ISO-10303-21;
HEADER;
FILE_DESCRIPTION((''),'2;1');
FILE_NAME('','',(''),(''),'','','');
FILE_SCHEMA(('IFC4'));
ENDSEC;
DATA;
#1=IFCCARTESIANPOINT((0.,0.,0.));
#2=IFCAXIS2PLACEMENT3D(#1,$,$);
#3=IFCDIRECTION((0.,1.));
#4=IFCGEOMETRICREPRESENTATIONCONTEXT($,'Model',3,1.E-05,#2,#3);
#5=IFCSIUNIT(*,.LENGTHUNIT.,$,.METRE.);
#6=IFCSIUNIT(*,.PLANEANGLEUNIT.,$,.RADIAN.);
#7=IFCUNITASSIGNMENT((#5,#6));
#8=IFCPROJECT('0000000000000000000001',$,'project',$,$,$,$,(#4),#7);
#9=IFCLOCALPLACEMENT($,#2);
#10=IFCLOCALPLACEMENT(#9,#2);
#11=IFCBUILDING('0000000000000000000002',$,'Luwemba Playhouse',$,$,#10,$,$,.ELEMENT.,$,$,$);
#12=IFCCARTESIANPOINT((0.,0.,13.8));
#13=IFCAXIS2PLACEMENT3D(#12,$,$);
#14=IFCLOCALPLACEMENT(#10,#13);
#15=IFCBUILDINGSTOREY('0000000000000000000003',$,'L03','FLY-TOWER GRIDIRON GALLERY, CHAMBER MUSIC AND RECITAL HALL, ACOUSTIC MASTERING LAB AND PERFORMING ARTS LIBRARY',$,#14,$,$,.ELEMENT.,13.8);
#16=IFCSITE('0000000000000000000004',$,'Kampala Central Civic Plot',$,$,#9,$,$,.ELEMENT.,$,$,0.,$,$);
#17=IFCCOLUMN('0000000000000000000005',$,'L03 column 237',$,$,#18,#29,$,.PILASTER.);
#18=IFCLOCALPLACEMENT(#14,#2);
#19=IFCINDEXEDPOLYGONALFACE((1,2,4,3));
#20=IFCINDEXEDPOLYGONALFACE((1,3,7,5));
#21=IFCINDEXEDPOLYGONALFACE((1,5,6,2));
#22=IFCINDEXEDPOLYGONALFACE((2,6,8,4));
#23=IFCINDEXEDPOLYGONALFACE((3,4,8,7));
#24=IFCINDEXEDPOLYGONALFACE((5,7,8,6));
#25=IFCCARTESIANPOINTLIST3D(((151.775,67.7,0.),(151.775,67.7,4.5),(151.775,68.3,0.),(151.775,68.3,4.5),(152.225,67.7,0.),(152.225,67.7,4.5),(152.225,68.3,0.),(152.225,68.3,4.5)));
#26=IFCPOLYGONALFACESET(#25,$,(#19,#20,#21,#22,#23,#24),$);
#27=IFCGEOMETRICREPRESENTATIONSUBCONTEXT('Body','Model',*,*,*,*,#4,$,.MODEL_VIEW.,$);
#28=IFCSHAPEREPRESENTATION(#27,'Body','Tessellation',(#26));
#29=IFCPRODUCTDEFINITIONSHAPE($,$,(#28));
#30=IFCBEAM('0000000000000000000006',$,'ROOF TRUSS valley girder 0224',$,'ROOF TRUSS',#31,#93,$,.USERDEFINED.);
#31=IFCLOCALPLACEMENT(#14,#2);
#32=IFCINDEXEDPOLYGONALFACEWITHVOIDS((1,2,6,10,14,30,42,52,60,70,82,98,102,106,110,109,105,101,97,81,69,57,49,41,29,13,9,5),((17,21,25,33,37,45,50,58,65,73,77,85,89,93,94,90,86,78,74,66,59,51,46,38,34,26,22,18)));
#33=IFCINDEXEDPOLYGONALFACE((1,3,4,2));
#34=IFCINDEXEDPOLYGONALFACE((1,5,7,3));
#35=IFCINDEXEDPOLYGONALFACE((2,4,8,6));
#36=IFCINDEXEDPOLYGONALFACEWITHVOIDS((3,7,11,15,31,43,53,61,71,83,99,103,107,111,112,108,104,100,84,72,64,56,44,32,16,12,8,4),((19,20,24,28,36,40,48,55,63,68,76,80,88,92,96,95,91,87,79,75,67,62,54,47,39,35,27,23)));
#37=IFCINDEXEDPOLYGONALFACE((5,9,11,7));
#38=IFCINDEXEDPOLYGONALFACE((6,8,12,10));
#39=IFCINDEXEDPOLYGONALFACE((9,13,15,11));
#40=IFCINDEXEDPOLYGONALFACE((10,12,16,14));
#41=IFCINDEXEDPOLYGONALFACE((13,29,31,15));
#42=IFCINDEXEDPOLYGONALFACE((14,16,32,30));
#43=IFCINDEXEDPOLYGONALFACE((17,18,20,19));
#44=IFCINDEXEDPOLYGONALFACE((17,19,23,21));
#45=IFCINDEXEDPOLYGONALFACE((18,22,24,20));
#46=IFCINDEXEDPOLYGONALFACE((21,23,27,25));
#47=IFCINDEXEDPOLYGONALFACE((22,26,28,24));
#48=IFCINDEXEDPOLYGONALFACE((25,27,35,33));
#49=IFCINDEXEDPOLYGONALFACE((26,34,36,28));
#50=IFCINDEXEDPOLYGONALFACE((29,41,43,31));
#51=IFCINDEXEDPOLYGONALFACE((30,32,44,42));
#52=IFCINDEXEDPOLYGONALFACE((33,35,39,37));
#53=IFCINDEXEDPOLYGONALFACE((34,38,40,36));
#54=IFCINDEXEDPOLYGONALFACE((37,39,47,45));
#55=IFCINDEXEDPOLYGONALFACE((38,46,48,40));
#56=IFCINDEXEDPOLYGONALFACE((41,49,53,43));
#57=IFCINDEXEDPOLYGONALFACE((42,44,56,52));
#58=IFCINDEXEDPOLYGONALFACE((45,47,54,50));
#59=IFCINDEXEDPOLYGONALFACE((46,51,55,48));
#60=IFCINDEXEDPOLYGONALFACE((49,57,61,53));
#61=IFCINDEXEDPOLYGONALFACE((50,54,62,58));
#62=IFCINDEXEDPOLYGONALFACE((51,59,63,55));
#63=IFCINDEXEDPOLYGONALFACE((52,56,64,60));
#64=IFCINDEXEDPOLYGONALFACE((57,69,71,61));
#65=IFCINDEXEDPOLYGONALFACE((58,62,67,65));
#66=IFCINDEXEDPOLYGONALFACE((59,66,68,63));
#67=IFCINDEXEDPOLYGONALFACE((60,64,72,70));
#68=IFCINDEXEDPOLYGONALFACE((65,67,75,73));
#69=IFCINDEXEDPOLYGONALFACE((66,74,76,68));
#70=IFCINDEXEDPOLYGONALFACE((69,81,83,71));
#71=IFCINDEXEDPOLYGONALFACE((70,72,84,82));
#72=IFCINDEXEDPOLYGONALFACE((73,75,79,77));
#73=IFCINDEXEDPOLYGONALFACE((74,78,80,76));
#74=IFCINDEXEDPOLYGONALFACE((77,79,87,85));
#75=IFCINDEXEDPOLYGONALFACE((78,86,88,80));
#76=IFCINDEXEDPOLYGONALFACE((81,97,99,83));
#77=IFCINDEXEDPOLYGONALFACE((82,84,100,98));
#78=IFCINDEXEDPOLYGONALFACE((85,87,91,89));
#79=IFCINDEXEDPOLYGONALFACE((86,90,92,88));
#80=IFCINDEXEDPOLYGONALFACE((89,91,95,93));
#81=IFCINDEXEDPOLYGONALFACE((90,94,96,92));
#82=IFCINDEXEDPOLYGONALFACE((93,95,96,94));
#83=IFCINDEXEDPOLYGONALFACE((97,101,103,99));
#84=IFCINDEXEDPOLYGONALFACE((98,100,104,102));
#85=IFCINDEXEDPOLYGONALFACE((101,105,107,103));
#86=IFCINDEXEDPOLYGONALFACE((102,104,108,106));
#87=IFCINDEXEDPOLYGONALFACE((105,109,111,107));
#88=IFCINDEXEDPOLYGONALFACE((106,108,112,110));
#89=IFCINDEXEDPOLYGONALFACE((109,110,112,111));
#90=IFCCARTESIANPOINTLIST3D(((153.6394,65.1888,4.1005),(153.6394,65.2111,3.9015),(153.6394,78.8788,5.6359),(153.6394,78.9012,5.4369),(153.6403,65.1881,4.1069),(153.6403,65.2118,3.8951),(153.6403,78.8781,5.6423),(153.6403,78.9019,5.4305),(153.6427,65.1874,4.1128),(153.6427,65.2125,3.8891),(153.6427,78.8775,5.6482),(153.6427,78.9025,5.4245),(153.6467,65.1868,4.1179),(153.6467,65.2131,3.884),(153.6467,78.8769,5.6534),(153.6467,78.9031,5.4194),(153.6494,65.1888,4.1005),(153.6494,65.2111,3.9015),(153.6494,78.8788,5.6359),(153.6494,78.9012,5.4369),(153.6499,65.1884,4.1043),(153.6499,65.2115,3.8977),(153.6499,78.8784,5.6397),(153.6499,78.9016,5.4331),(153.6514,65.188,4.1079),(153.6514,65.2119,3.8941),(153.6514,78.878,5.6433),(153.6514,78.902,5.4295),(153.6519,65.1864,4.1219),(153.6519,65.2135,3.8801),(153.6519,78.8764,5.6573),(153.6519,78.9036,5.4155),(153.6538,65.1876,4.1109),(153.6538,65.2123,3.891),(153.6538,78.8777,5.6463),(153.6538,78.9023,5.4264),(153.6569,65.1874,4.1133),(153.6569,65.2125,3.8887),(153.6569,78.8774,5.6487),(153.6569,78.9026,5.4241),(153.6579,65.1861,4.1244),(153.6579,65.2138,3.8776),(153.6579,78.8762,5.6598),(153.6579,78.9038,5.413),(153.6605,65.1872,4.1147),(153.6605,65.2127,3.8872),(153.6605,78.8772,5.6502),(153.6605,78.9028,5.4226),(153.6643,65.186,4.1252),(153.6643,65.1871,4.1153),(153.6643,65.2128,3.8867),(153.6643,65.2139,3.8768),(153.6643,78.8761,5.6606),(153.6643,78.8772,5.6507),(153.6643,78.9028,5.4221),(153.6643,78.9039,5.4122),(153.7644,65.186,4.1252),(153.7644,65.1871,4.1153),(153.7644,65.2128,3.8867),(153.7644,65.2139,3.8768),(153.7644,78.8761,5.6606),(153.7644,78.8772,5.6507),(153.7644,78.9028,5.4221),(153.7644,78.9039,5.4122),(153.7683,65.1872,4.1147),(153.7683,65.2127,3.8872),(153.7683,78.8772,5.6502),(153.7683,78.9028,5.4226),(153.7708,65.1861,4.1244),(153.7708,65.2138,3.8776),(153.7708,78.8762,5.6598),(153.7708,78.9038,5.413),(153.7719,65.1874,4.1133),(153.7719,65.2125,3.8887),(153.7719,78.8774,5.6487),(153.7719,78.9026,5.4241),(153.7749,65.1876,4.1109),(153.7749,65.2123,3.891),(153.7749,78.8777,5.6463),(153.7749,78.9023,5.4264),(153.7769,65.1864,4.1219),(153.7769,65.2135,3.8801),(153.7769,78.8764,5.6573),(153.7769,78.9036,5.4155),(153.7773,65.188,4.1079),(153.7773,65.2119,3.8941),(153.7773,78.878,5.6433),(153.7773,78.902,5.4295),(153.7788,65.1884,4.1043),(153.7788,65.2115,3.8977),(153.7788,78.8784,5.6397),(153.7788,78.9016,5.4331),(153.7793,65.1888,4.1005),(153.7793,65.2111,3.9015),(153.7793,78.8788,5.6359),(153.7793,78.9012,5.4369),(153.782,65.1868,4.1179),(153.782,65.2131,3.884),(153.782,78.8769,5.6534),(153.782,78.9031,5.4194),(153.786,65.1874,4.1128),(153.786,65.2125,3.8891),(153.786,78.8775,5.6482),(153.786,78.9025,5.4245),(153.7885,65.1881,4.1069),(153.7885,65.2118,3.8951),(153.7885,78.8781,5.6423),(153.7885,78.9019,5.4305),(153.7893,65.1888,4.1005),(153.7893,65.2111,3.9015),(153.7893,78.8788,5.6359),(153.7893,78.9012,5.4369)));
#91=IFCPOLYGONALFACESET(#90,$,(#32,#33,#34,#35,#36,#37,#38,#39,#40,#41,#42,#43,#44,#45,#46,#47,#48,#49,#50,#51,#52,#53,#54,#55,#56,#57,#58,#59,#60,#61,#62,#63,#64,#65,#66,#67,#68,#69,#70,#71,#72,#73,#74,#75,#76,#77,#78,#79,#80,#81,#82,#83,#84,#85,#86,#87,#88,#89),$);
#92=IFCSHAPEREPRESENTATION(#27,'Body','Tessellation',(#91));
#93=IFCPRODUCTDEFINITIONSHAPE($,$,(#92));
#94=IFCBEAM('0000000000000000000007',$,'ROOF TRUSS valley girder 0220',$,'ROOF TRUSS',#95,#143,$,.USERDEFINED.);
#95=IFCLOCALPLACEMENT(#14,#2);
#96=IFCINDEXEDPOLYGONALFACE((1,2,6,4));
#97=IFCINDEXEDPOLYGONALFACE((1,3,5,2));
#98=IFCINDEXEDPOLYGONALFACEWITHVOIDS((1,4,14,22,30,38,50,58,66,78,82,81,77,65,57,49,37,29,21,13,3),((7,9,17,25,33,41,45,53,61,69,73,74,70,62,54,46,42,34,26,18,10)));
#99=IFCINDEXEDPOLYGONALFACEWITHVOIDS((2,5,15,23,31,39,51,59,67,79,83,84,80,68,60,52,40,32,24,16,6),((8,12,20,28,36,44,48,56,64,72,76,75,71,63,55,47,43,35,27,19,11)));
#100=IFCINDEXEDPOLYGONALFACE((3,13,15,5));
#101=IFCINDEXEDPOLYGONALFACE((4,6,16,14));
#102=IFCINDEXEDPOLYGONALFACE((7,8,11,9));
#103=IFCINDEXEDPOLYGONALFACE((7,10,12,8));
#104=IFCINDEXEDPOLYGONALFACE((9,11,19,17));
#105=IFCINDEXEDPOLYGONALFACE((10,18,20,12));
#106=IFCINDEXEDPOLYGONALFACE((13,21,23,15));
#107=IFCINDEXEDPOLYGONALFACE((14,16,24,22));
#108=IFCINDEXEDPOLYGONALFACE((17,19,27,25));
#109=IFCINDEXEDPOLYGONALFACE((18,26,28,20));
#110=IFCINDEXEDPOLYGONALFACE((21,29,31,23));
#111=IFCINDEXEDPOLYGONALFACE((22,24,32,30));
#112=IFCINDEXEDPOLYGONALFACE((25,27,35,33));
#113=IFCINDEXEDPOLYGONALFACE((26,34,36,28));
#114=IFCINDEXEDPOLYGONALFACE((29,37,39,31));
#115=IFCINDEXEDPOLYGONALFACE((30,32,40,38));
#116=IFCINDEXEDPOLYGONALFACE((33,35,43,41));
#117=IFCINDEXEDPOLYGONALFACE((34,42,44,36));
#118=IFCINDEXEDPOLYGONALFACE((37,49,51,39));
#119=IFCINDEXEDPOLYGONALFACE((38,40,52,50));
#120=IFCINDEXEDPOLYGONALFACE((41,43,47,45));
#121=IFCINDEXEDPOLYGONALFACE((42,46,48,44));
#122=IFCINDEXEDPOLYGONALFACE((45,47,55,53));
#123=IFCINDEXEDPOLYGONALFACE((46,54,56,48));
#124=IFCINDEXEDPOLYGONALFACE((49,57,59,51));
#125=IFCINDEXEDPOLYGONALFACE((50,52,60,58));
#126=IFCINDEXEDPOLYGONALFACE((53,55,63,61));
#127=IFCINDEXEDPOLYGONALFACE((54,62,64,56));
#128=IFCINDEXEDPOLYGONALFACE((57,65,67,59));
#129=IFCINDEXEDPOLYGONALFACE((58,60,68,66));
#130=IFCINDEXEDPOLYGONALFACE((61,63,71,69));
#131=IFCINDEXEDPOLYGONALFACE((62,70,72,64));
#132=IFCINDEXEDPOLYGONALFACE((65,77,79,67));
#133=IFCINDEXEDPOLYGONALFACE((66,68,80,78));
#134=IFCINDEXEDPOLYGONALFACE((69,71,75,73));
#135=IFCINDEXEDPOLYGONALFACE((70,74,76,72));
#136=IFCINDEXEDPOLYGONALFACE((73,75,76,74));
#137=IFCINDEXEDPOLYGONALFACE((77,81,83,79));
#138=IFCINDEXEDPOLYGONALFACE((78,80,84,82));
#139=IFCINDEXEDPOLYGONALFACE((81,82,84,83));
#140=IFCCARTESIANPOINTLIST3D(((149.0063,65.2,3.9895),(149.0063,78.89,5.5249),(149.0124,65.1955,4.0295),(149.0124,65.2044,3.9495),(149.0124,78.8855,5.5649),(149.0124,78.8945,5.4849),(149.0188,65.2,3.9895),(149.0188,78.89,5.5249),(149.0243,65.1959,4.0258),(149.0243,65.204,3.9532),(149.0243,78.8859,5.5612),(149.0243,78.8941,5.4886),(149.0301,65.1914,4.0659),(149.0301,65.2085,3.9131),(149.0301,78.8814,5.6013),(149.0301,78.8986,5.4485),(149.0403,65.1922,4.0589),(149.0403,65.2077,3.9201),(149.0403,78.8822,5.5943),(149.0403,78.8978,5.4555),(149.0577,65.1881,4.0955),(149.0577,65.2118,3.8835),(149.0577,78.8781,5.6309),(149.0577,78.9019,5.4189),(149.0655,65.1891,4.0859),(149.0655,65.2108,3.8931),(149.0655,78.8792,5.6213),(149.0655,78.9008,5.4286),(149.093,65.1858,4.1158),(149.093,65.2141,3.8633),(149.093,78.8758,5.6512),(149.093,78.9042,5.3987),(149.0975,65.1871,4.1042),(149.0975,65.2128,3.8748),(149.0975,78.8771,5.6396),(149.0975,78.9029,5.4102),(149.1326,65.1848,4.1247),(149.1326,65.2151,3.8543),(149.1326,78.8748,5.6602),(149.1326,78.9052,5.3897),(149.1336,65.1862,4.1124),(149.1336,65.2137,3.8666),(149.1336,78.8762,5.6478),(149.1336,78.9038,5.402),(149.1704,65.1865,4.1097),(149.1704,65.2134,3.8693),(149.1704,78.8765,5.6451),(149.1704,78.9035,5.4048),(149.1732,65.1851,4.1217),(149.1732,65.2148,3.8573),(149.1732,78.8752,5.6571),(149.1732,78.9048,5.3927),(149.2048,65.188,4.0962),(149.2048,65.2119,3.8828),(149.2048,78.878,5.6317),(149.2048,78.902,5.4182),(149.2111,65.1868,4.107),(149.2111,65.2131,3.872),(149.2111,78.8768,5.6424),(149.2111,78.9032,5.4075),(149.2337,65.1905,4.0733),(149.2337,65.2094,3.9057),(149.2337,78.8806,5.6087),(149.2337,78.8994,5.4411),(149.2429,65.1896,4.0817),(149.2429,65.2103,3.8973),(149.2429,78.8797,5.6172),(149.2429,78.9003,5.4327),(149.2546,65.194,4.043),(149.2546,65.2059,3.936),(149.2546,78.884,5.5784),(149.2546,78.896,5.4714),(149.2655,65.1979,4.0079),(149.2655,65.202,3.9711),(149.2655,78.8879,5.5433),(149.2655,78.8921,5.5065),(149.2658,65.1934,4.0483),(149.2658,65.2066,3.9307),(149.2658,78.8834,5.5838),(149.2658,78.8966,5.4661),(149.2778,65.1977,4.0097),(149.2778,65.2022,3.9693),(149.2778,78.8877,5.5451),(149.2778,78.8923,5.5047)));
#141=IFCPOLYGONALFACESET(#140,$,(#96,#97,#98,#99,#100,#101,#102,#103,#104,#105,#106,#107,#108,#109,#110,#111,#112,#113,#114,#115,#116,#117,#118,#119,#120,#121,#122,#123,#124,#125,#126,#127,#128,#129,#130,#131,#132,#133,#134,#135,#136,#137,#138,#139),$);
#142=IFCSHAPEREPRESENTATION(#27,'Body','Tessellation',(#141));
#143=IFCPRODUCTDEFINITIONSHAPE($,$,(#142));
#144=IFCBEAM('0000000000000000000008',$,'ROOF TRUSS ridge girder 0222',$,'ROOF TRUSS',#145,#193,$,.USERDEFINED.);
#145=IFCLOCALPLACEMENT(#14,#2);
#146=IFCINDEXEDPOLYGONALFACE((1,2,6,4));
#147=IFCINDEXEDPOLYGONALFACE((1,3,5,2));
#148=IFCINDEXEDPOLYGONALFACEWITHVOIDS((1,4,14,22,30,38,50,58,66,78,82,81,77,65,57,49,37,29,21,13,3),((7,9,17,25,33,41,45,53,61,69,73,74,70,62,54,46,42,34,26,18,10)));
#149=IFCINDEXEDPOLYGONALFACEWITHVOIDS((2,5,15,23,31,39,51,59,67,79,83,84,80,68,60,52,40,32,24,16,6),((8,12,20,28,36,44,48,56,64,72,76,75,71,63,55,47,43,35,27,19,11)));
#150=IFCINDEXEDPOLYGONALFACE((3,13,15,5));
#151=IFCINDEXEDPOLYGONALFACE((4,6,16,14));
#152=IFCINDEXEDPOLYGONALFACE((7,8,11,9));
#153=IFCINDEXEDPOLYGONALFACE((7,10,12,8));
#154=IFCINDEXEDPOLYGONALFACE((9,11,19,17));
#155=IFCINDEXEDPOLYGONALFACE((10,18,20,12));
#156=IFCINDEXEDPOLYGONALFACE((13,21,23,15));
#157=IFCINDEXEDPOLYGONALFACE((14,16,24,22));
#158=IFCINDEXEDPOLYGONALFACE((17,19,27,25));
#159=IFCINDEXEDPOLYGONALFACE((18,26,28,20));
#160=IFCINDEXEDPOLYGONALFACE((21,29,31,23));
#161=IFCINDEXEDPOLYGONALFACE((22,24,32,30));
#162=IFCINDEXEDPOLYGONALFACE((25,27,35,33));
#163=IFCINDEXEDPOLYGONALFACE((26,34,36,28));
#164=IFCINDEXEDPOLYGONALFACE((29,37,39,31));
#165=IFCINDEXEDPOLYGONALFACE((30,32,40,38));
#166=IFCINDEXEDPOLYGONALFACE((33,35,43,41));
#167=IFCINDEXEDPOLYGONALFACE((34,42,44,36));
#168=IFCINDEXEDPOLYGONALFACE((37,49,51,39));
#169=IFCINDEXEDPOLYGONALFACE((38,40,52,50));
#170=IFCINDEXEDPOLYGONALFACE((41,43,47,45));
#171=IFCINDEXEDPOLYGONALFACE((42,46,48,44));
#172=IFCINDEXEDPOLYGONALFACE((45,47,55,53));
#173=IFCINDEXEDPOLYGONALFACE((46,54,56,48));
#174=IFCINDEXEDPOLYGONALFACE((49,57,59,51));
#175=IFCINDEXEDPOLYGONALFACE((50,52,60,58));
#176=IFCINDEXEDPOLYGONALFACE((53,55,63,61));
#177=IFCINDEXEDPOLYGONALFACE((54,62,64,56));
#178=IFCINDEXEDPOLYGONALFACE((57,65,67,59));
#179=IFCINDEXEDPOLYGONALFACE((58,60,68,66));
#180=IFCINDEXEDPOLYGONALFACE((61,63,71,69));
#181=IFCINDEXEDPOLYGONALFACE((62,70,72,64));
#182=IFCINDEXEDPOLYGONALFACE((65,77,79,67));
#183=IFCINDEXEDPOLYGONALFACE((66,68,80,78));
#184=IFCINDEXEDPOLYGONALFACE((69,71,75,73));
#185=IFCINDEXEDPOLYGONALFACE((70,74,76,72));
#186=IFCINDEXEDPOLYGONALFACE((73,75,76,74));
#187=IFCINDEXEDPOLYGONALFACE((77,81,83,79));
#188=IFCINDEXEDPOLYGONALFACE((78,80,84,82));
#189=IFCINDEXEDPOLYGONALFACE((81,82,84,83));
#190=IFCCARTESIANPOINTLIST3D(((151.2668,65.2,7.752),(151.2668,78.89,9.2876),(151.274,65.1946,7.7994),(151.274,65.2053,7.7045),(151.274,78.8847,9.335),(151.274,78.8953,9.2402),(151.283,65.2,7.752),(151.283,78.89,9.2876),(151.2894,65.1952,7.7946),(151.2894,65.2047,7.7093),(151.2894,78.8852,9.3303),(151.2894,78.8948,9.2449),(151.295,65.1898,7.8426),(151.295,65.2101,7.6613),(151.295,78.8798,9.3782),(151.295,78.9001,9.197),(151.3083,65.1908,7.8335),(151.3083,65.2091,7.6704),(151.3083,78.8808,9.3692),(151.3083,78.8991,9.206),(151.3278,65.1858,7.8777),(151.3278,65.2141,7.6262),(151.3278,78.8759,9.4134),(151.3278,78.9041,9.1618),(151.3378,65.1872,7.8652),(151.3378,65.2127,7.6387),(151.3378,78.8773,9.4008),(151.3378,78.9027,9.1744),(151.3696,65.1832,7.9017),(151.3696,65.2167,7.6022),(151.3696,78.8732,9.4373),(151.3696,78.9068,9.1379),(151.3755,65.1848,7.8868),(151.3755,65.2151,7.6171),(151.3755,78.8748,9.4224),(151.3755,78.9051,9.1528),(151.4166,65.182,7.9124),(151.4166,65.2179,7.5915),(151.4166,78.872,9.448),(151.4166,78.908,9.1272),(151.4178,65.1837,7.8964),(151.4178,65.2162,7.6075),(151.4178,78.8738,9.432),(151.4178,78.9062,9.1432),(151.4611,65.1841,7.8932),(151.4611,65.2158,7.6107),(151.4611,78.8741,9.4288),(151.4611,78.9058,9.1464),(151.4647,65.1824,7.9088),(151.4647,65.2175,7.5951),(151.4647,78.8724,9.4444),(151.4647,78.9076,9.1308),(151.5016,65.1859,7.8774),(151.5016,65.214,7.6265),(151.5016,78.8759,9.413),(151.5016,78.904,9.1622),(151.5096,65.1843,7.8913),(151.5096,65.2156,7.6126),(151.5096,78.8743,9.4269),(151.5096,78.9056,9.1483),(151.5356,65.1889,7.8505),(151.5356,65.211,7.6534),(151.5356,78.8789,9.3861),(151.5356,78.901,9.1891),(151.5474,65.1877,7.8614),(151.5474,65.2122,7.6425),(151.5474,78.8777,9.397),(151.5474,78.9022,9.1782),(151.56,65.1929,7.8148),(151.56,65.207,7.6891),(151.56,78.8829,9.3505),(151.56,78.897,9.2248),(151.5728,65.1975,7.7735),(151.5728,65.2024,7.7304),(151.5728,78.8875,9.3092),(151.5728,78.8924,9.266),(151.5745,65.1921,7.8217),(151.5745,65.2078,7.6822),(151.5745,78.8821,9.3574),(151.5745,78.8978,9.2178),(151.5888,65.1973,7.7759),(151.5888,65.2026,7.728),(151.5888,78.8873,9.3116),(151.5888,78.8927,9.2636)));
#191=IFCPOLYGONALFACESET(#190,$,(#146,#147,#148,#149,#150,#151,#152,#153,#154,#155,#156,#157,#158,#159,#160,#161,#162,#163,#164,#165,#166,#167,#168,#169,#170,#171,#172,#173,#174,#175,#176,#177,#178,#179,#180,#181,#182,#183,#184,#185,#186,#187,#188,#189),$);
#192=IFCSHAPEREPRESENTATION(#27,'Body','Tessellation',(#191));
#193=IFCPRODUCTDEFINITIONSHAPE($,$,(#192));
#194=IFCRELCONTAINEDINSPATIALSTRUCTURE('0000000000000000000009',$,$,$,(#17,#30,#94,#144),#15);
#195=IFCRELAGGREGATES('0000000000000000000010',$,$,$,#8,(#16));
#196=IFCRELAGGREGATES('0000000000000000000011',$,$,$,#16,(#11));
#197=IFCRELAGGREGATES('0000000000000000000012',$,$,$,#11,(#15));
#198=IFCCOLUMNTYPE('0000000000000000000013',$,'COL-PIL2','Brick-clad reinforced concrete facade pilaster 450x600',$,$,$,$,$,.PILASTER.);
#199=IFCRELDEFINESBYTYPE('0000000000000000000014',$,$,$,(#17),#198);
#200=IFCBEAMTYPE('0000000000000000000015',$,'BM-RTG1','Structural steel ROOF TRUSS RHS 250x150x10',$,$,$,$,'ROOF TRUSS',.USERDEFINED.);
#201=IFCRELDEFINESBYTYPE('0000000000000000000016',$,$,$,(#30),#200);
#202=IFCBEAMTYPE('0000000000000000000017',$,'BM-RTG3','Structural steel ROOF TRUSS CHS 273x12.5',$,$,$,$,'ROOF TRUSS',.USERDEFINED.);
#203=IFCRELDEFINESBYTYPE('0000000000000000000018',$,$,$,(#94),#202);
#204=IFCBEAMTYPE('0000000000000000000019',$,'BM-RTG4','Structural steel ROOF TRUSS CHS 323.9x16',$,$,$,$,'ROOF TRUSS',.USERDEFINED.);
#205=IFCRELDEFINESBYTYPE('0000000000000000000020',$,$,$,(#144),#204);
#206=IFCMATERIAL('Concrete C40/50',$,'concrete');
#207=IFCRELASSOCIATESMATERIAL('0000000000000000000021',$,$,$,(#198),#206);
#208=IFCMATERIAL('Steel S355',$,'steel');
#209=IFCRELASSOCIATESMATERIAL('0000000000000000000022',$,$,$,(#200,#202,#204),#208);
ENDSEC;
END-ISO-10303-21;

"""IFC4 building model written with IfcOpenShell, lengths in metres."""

from ifc_helpers import new_model, si_unit, direction, frame, origin, origin_2d, place, context, subcontext, project, spatial, rectangle, hollow_rectangle, hollow_circle, extrude, material, material_profile, profile_set, type_object, element, save


model = new_model("IFC4")

# Units and contexts
model_context = context("Model", 3, precision=1e-05, world=origin(), true_north=direction((0.0, 1.0)))
body_context = subcontext(model_context, "Body", "Model", "MODEL_VIEW")
ifc_project = project(units=[si_unit("LENGTHUNIT", "METRE"), si_unit("PLANEANGLEUNIT", "RADIAN")], contexts=[model_context])

# Site, building, storey
site_placement = place(None, origin())
site = spatial("IfcSite", under=ifc_project, at=site_placement, Name="Kampala Central Civic Plot", CompositionType="ELEMENT", RefElevation=0.0)
building_placement = place(site_placement, origin())
building = spatial("IfcBuilding", under=site, at=building_placement, Name="Luwemba Playhouse", CompositionType="ELEMENT")
storey_placement = place(building_placement, frame((0.0, 0.0, 13.8)))
storey = spatial("IfcBuildingStorey", under=building, at=storey_placement, Name="L03", Description="FLY-TOWER GRIDIRON GALLERY, CHAMBER MUSIC AND RECITAL HALL, ACOUSTIC MASTERING LAB AND PERFORMING ARTS LIBRARY", CompositionType="ELEMENT", Elevation=13.8)

# Column
ifc_material_1 = material(Name="Concrete C40/50", Category="concrete")
ifc_material_profile_1 = material_profile(ifc_material_1, rectangle(XDim=0.45, YDim=0.6001, at=origin_2d()))
ifc_profile_set_1 = profile_set([ifc_material_profile_1], Name="Concrete C40/50")
column_type = type_object("IfcColumnType", Name="COL-PIL2", Description="Brick-clad reinforced concrete facade pilaster 450x600", PredefinedType="PILASTER", material=ifc_profile_set_1)
column_placement = place(storey_placement, frame((152.0, 68.0, 0.0), z_axis=(0.0, 0.0, 1.0), x_axis=(1.0, 0.0, 0.0)))
element("IfcColumn", 1, at=column_placement, inside=storey, type_object=column_type, Name="L03 column 237", PredefinedType="PILASTER", context=body_context, shape_type="SweptSolid", body=[
    extrude(rectangle(XDim=0.45, YDim=0.6001, at=origin_2d()), origin(), (0.0, 0.0, 1.0), 4.5),
])

# Beams
ifc_material_2 = material(Name="Steel S355", Category="steel")
ifc_material_profile_2 = material_profile(ifc_material_2, hollow_rectangle(XDim=0.1499, YDim=0.25, WallThickness=0.01, InnerFilletRadius=0.0149, OuterFilletRadius=0.0249, at=origin_2d()))
ifc_profile_set_2 = profile_set([ifc_material_profile_2], Name="Steel S355")
beam_type_1 = type_object("IfcBeamType", Name="BM-RTG1", Description="Structural steel ROOF TRUSS RHS 250x150x10", ElementType="ROOF TRUSS", PredefinedType="USERDEFINED", material=ifc_profile_set_2)
beam_1_placement = place(storey_placement, frame((153.7144, 65.2, 4.001), z_axis=(0.0, 0.993769, 0.111457), x_axis=(-1.0, 0.0, 0.0)))
element("IfcBeam", 2, at=beam_1_placement, inside=storey, type_object=beam_type_1, Name="ROOF TRUSS valley girder 0224", ObjectType="ROOF TRUSS", PredefinedType="USERDEFINED", context=body_context, shape_type="SweptSolid", body=[
    extrude(hollow_rectangle(XDim=0.1499, YDim=0.25, WallThickness=0.01, InnerFilletRadius=0.0149, OuterFilletRadius=0.0249, at=origin_2d()), origin(), (0.0, 0.0, 1.0), 13.7759),
])
ifc_material_profile_3 = material_profile(ifc_material_2, hollow_circle(Radius=0.1365, WallThickness=0.0125, at=origin_2d()))
ifc_profile_set_3 = profile_set([ifc_material_profile_3], Name="Steel S355")
beam_type_2 = type_object("IfcBeamType", Name="BM-RTG3", Description="Structural steel ROOF TRUSS CHS 273x12.5", ElementType="ROOF TRUSS", PredefinedType="USERDEFINED", material=ifc_profile_set_3)
beam_2_placement = place(storey_placement, frame((149.1428, 65.2, 3.9895), z_axis=(0.0, 0.993769, 0.111457), x_axis=(-1.0, 0.0, 0.0)))
element("IfcBeam", 3, at=beam_2_placement, inside=storey, type_object=beam_type_2, Name="ROOF TRUSS valley girder 0220", ObjectType="ROOF TRUSS", PredefinedType="USERDEFINED", context=body_context, shape_type="SweptSolid", body=[
    extrude(hollow_circle(Radius=0.1365, WallThickness=0.0125, at=origin_2d()), origin(), (0.0, 0.0, 1.0), 13.7759),
])
ifc_material_profile_4 = material_profile(ifc_material_2, hollow_circle(Radius=0.1619, WallThickness=0.0161, at=origin_2d()))
ifc_profile_set_4 = profile_set([ifc_material_profile_4], Name="Steel S355")
beam_type_3 = type_object("IfcBeamType", Name="BM-RTG4", Description="Structural steel ROOF TRUSS CHS 323.9x16", ElementType="ROOF TRUSS", PredefinedType="USERDEFINED", material=ifc_profile_set_4)
beam_3_placement = place(storey_placement, frame((151.4287, 65.2, 7.752), z_axis=(0.0, 0.993767, 0.111474), x_axis=(-1.0, 0.0, 0.0)))
element("IfcBeam", 4, at=beam_3_placement, inside=storey, type_object=beam_type_3, Name="ROOF TRUSS ridge girder 0222", ObjectType="ROOF TRUSS", PredefinedType="USERDEFINED", context=body_context, shape_type="SweptSolid", body=[
    extrude(hollow_circle(Radius=0.1619, WallThickness=0.0161, at=origin_2d()), origin(), (0.0, 0.0, 1.0), 13.7759),
])

save(model, "model.ifc")
